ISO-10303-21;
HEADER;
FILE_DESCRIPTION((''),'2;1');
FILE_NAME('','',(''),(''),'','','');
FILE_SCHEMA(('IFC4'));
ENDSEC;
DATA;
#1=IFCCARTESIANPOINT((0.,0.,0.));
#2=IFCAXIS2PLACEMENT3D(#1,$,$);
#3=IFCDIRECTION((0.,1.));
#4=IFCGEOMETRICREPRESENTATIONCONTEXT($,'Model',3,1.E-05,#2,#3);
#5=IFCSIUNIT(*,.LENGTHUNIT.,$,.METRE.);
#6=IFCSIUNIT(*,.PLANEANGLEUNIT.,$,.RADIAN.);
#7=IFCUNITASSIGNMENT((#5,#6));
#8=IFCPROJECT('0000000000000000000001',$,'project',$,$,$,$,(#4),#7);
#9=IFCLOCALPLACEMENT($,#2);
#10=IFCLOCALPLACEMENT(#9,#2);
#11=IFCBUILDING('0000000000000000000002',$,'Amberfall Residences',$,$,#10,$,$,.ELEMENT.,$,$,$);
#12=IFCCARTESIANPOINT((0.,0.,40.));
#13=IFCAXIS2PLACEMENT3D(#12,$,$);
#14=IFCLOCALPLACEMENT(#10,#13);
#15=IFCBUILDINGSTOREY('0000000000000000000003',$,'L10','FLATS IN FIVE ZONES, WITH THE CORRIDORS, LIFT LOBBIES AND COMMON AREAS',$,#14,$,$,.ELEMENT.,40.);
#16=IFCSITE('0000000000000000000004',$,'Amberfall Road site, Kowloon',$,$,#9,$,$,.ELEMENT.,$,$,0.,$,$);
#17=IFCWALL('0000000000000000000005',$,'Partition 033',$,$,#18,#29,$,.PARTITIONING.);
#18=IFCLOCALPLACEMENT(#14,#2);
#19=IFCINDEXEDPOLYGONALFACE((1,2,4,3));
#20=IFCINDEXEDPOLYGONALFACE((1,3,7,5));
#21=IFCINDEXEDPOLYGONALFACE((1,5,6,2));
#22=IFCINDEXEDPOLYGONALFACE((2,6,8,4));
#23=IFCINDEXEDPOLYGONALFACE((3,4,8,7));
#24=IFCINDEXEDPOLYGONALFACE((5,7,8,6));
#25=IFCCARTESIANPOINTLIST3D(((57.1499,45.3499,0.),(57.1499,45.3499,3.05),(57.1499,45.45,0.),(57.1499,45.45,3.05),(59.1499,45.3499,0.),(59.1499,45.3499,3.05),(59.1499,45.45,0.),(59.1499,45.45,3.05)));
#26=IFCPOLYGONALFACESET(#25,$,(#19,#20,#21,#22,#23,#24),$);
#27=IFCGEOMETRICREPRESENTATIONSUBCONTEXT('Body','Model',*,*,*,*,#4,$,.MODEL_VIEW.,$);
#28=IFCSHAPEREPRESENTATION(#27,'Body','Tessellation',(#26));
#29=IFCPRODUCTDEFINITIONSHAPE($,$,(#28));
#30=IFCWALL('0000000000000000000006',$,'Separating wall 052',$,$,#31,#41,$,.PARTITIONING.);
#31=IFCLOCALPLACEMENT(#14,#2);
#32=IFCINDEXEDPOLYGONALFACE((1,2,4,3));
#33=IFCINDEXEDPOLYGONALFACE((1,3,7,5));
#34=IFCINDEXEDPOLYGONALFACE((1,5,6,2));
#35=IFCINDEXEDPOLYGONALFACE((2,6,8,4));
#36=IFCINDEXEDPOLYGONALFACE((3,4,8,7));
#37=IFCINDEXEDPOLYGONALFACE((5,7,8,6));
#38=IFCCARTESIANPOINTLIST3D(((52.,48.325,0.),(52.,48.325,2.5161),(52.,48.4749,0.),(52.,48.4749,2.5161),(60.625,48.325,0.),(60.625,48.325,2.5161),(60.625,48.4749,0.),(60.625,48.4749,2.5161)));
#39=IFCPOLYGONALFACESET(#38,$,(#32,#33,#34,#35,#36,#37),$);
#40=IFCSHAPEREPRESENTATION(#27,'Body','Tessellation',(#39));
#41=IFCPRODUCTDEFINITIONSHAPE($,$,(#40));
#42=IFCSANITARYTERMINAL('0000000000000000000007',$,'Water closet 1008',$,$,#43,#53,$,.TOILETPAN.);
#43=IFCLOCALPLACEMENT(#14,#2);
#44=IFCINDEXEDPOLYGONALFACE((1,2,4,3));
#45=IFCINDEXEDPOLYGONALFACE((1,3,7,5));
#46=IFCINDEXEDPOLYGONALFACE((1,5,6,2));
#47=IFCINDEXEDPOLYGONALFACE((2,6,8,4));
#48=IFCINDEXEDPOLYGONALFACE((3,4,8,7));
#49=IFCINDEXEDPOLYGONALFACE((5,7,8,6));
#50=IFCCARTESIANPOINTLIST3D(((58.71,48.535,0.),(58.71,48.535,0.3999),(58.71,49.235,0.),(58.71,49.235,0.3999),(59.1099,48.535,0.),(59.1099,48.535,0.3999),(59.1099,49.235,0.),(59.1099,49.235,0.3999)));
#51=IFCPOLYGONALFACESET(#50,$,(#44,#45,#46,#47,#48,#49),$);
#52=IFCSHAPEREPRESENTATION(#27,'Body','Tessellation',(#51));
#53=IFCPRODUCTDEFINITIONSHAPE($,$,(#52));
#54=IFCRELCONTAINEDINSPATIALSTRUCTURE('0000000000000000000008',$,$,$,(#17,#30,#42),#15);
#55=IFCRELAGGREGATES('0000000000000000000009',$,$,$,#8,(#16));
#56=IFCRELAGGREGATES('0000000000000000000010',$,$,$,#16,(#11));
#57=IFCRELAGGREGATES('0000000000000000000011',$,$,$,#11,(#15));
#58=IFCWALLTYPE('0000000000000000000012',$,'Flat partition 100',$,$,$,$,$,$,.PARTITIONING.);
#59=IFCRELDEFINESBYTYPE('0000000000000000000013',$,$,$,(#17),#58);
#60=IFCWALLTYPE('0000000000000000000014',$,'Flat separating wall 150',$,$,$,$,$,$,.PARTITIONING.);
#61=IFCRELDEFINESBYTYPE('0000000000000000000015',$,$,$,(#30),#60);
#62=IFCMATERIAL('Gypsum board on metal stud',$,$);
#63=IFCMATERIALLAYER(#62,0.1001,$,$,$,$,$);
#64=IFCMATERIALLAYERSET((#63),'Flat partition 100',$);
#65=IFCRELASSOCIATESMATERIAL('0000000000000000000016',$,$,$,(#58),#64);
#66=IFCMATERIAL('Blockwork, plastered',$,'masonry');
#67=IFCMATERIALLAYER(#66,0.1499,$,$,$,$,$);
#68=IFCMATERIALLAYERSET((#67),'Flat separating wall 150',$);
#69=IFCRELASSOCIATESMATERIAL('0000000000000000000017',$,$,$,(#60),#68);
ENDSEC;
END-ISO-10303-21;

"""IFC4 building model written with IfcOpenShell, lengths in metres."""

from ifc_helpers import new_model, si_unit, direction, frame, frame_2d, origin, origin_2d, place, context, subcontext, project, spatial, rectangle, extrude, material, layer, layer_set, type_object, element, save


model = new_model("IFC4")

# Units and contexts
model_context = context("Model", 3, precision=1e-05, world=origin(), true_north=direction((0.0, 1.0)))
body_context = subcontext(model_context, "Body", "Model", "MODEL_VIEW")
ifc_project = project(units=[si_unit("LENGTHUNIT", "METRE"), si_unit("PLANEANGLEUNIT", "RADIAN")], contexts=[model_context])

# Site, building, storey
site_placement = place(None, origin())
site = spatial("IfcSite", under=ifc_project, at=site_placement, Name="Amberfall Road site, Kowloon", CompositionType="ELEMENT", RefElevation=0.0)
building_placement = place(site_placement, origin())
building = spatial("IfcBuilding", under=site, at=building_placement, Name="Amberfall Residences", CompositionType="ELEMENT")
storey_placement = place(building_placement, frame((0.0, 0.0, 40.0)))
storey = spatial("IfcBuildingStorey", under=building, at=storey_placement, Name="L10", Description="FLATS IN FIVE ZONES, WITH THE CORRIDORS, LIFT LOBBIES AND COMMON AREAS", CompositionType="ELEMENT", Elevation=40.0)

# Shared definitions
ifc_material_1 = material(Name="Gypsum board on metal stud")
ifc_layer_1 = layer(ifc_material_1, 0.1001)
ifc_layer_set_1 = layer_set([ifc_layer_1], Name="Flat partition 100")
wall_type_1 = type_object("IfcWallType", Name="Flat partition 100", PredefinedType="PARTITIONING", material=ifc_layer_set_1)

# Walls
wall_1_placement = place(storey_placement, frame((57.1499, 45.3999, 0.0), z_axis=(0.0, 0.0, 1.0), x_axis=(1.0, 0.0, 0.0)))
element("IfcWall", 1, at=wall_1_placement, inside=storey, type_object=wall_type_1, Name="Partition 033", PredefinedType="PARTITIONING", context=body_context, shape_type="SweptSolid", body=[
    extrude(rectangle(XDim=2.0, YDim=0.1001, at=frame_2d((1.0, 0.0))), origin(), (0.0, 0.0, 1.0), 3.05),
])
ifc_material_2 = material(Name="Blockwork, plastered", Category="masonry")
ifc_layer_2 = layer(ifc_material_2, 0.1499)
ifc_layer_set_2 = layer_set([ifc_layer_2], Name="Flat separating wall 150")
wall_type_2 = type_object("IfcWallType", Name="Flat separating wall 150", PredefinedType="PARTITIONING", material=ifc_layer_set_2)
wall_2_placement = place(storey_placement, frame((52.0, 48.3999, 0.0), z_axis=(0.0, 0.0, 1.0), x_axis=(1.0, 0.0, 0.0)))
element("IfcWall", 2, at=wall_2_placement, inside=storey, type_object=wall_type_2, Name="Separating wall 052", PredefinedType="PARTITIONING", context=body_context, shape_type="SweptSolid", body=[
    extrude(rectangle(XDim=8.625, YDim=0.1499, at=frame_2d((4.3125, 0.0))), origin(), (0.0, 0.0, 1.0), 2.5161),
])

# Sanitary terminal
sanitary_terminal_placement = place(storey_placement, frame((58.9099, 48.885, 0.0), z_axis=(0.0, 0.0, 1.0), x_axis=(1.0, 0.0, 0.0)))
element("IfcSanitaryTerminal", 3, at=sanitary_terminal_placement, inside=storey, Name="Water closet 1008", PredefinedType="TOILETPAN", context=body_context, shape_type="SweptSolid", body=[
    extrude(rectangle(XDim=0.3999, YDim=0.7, at=origin_2d()), origin(), (0.0, 0.0, 1.0), 0.3999),
])

save(model, "model.ifc")
